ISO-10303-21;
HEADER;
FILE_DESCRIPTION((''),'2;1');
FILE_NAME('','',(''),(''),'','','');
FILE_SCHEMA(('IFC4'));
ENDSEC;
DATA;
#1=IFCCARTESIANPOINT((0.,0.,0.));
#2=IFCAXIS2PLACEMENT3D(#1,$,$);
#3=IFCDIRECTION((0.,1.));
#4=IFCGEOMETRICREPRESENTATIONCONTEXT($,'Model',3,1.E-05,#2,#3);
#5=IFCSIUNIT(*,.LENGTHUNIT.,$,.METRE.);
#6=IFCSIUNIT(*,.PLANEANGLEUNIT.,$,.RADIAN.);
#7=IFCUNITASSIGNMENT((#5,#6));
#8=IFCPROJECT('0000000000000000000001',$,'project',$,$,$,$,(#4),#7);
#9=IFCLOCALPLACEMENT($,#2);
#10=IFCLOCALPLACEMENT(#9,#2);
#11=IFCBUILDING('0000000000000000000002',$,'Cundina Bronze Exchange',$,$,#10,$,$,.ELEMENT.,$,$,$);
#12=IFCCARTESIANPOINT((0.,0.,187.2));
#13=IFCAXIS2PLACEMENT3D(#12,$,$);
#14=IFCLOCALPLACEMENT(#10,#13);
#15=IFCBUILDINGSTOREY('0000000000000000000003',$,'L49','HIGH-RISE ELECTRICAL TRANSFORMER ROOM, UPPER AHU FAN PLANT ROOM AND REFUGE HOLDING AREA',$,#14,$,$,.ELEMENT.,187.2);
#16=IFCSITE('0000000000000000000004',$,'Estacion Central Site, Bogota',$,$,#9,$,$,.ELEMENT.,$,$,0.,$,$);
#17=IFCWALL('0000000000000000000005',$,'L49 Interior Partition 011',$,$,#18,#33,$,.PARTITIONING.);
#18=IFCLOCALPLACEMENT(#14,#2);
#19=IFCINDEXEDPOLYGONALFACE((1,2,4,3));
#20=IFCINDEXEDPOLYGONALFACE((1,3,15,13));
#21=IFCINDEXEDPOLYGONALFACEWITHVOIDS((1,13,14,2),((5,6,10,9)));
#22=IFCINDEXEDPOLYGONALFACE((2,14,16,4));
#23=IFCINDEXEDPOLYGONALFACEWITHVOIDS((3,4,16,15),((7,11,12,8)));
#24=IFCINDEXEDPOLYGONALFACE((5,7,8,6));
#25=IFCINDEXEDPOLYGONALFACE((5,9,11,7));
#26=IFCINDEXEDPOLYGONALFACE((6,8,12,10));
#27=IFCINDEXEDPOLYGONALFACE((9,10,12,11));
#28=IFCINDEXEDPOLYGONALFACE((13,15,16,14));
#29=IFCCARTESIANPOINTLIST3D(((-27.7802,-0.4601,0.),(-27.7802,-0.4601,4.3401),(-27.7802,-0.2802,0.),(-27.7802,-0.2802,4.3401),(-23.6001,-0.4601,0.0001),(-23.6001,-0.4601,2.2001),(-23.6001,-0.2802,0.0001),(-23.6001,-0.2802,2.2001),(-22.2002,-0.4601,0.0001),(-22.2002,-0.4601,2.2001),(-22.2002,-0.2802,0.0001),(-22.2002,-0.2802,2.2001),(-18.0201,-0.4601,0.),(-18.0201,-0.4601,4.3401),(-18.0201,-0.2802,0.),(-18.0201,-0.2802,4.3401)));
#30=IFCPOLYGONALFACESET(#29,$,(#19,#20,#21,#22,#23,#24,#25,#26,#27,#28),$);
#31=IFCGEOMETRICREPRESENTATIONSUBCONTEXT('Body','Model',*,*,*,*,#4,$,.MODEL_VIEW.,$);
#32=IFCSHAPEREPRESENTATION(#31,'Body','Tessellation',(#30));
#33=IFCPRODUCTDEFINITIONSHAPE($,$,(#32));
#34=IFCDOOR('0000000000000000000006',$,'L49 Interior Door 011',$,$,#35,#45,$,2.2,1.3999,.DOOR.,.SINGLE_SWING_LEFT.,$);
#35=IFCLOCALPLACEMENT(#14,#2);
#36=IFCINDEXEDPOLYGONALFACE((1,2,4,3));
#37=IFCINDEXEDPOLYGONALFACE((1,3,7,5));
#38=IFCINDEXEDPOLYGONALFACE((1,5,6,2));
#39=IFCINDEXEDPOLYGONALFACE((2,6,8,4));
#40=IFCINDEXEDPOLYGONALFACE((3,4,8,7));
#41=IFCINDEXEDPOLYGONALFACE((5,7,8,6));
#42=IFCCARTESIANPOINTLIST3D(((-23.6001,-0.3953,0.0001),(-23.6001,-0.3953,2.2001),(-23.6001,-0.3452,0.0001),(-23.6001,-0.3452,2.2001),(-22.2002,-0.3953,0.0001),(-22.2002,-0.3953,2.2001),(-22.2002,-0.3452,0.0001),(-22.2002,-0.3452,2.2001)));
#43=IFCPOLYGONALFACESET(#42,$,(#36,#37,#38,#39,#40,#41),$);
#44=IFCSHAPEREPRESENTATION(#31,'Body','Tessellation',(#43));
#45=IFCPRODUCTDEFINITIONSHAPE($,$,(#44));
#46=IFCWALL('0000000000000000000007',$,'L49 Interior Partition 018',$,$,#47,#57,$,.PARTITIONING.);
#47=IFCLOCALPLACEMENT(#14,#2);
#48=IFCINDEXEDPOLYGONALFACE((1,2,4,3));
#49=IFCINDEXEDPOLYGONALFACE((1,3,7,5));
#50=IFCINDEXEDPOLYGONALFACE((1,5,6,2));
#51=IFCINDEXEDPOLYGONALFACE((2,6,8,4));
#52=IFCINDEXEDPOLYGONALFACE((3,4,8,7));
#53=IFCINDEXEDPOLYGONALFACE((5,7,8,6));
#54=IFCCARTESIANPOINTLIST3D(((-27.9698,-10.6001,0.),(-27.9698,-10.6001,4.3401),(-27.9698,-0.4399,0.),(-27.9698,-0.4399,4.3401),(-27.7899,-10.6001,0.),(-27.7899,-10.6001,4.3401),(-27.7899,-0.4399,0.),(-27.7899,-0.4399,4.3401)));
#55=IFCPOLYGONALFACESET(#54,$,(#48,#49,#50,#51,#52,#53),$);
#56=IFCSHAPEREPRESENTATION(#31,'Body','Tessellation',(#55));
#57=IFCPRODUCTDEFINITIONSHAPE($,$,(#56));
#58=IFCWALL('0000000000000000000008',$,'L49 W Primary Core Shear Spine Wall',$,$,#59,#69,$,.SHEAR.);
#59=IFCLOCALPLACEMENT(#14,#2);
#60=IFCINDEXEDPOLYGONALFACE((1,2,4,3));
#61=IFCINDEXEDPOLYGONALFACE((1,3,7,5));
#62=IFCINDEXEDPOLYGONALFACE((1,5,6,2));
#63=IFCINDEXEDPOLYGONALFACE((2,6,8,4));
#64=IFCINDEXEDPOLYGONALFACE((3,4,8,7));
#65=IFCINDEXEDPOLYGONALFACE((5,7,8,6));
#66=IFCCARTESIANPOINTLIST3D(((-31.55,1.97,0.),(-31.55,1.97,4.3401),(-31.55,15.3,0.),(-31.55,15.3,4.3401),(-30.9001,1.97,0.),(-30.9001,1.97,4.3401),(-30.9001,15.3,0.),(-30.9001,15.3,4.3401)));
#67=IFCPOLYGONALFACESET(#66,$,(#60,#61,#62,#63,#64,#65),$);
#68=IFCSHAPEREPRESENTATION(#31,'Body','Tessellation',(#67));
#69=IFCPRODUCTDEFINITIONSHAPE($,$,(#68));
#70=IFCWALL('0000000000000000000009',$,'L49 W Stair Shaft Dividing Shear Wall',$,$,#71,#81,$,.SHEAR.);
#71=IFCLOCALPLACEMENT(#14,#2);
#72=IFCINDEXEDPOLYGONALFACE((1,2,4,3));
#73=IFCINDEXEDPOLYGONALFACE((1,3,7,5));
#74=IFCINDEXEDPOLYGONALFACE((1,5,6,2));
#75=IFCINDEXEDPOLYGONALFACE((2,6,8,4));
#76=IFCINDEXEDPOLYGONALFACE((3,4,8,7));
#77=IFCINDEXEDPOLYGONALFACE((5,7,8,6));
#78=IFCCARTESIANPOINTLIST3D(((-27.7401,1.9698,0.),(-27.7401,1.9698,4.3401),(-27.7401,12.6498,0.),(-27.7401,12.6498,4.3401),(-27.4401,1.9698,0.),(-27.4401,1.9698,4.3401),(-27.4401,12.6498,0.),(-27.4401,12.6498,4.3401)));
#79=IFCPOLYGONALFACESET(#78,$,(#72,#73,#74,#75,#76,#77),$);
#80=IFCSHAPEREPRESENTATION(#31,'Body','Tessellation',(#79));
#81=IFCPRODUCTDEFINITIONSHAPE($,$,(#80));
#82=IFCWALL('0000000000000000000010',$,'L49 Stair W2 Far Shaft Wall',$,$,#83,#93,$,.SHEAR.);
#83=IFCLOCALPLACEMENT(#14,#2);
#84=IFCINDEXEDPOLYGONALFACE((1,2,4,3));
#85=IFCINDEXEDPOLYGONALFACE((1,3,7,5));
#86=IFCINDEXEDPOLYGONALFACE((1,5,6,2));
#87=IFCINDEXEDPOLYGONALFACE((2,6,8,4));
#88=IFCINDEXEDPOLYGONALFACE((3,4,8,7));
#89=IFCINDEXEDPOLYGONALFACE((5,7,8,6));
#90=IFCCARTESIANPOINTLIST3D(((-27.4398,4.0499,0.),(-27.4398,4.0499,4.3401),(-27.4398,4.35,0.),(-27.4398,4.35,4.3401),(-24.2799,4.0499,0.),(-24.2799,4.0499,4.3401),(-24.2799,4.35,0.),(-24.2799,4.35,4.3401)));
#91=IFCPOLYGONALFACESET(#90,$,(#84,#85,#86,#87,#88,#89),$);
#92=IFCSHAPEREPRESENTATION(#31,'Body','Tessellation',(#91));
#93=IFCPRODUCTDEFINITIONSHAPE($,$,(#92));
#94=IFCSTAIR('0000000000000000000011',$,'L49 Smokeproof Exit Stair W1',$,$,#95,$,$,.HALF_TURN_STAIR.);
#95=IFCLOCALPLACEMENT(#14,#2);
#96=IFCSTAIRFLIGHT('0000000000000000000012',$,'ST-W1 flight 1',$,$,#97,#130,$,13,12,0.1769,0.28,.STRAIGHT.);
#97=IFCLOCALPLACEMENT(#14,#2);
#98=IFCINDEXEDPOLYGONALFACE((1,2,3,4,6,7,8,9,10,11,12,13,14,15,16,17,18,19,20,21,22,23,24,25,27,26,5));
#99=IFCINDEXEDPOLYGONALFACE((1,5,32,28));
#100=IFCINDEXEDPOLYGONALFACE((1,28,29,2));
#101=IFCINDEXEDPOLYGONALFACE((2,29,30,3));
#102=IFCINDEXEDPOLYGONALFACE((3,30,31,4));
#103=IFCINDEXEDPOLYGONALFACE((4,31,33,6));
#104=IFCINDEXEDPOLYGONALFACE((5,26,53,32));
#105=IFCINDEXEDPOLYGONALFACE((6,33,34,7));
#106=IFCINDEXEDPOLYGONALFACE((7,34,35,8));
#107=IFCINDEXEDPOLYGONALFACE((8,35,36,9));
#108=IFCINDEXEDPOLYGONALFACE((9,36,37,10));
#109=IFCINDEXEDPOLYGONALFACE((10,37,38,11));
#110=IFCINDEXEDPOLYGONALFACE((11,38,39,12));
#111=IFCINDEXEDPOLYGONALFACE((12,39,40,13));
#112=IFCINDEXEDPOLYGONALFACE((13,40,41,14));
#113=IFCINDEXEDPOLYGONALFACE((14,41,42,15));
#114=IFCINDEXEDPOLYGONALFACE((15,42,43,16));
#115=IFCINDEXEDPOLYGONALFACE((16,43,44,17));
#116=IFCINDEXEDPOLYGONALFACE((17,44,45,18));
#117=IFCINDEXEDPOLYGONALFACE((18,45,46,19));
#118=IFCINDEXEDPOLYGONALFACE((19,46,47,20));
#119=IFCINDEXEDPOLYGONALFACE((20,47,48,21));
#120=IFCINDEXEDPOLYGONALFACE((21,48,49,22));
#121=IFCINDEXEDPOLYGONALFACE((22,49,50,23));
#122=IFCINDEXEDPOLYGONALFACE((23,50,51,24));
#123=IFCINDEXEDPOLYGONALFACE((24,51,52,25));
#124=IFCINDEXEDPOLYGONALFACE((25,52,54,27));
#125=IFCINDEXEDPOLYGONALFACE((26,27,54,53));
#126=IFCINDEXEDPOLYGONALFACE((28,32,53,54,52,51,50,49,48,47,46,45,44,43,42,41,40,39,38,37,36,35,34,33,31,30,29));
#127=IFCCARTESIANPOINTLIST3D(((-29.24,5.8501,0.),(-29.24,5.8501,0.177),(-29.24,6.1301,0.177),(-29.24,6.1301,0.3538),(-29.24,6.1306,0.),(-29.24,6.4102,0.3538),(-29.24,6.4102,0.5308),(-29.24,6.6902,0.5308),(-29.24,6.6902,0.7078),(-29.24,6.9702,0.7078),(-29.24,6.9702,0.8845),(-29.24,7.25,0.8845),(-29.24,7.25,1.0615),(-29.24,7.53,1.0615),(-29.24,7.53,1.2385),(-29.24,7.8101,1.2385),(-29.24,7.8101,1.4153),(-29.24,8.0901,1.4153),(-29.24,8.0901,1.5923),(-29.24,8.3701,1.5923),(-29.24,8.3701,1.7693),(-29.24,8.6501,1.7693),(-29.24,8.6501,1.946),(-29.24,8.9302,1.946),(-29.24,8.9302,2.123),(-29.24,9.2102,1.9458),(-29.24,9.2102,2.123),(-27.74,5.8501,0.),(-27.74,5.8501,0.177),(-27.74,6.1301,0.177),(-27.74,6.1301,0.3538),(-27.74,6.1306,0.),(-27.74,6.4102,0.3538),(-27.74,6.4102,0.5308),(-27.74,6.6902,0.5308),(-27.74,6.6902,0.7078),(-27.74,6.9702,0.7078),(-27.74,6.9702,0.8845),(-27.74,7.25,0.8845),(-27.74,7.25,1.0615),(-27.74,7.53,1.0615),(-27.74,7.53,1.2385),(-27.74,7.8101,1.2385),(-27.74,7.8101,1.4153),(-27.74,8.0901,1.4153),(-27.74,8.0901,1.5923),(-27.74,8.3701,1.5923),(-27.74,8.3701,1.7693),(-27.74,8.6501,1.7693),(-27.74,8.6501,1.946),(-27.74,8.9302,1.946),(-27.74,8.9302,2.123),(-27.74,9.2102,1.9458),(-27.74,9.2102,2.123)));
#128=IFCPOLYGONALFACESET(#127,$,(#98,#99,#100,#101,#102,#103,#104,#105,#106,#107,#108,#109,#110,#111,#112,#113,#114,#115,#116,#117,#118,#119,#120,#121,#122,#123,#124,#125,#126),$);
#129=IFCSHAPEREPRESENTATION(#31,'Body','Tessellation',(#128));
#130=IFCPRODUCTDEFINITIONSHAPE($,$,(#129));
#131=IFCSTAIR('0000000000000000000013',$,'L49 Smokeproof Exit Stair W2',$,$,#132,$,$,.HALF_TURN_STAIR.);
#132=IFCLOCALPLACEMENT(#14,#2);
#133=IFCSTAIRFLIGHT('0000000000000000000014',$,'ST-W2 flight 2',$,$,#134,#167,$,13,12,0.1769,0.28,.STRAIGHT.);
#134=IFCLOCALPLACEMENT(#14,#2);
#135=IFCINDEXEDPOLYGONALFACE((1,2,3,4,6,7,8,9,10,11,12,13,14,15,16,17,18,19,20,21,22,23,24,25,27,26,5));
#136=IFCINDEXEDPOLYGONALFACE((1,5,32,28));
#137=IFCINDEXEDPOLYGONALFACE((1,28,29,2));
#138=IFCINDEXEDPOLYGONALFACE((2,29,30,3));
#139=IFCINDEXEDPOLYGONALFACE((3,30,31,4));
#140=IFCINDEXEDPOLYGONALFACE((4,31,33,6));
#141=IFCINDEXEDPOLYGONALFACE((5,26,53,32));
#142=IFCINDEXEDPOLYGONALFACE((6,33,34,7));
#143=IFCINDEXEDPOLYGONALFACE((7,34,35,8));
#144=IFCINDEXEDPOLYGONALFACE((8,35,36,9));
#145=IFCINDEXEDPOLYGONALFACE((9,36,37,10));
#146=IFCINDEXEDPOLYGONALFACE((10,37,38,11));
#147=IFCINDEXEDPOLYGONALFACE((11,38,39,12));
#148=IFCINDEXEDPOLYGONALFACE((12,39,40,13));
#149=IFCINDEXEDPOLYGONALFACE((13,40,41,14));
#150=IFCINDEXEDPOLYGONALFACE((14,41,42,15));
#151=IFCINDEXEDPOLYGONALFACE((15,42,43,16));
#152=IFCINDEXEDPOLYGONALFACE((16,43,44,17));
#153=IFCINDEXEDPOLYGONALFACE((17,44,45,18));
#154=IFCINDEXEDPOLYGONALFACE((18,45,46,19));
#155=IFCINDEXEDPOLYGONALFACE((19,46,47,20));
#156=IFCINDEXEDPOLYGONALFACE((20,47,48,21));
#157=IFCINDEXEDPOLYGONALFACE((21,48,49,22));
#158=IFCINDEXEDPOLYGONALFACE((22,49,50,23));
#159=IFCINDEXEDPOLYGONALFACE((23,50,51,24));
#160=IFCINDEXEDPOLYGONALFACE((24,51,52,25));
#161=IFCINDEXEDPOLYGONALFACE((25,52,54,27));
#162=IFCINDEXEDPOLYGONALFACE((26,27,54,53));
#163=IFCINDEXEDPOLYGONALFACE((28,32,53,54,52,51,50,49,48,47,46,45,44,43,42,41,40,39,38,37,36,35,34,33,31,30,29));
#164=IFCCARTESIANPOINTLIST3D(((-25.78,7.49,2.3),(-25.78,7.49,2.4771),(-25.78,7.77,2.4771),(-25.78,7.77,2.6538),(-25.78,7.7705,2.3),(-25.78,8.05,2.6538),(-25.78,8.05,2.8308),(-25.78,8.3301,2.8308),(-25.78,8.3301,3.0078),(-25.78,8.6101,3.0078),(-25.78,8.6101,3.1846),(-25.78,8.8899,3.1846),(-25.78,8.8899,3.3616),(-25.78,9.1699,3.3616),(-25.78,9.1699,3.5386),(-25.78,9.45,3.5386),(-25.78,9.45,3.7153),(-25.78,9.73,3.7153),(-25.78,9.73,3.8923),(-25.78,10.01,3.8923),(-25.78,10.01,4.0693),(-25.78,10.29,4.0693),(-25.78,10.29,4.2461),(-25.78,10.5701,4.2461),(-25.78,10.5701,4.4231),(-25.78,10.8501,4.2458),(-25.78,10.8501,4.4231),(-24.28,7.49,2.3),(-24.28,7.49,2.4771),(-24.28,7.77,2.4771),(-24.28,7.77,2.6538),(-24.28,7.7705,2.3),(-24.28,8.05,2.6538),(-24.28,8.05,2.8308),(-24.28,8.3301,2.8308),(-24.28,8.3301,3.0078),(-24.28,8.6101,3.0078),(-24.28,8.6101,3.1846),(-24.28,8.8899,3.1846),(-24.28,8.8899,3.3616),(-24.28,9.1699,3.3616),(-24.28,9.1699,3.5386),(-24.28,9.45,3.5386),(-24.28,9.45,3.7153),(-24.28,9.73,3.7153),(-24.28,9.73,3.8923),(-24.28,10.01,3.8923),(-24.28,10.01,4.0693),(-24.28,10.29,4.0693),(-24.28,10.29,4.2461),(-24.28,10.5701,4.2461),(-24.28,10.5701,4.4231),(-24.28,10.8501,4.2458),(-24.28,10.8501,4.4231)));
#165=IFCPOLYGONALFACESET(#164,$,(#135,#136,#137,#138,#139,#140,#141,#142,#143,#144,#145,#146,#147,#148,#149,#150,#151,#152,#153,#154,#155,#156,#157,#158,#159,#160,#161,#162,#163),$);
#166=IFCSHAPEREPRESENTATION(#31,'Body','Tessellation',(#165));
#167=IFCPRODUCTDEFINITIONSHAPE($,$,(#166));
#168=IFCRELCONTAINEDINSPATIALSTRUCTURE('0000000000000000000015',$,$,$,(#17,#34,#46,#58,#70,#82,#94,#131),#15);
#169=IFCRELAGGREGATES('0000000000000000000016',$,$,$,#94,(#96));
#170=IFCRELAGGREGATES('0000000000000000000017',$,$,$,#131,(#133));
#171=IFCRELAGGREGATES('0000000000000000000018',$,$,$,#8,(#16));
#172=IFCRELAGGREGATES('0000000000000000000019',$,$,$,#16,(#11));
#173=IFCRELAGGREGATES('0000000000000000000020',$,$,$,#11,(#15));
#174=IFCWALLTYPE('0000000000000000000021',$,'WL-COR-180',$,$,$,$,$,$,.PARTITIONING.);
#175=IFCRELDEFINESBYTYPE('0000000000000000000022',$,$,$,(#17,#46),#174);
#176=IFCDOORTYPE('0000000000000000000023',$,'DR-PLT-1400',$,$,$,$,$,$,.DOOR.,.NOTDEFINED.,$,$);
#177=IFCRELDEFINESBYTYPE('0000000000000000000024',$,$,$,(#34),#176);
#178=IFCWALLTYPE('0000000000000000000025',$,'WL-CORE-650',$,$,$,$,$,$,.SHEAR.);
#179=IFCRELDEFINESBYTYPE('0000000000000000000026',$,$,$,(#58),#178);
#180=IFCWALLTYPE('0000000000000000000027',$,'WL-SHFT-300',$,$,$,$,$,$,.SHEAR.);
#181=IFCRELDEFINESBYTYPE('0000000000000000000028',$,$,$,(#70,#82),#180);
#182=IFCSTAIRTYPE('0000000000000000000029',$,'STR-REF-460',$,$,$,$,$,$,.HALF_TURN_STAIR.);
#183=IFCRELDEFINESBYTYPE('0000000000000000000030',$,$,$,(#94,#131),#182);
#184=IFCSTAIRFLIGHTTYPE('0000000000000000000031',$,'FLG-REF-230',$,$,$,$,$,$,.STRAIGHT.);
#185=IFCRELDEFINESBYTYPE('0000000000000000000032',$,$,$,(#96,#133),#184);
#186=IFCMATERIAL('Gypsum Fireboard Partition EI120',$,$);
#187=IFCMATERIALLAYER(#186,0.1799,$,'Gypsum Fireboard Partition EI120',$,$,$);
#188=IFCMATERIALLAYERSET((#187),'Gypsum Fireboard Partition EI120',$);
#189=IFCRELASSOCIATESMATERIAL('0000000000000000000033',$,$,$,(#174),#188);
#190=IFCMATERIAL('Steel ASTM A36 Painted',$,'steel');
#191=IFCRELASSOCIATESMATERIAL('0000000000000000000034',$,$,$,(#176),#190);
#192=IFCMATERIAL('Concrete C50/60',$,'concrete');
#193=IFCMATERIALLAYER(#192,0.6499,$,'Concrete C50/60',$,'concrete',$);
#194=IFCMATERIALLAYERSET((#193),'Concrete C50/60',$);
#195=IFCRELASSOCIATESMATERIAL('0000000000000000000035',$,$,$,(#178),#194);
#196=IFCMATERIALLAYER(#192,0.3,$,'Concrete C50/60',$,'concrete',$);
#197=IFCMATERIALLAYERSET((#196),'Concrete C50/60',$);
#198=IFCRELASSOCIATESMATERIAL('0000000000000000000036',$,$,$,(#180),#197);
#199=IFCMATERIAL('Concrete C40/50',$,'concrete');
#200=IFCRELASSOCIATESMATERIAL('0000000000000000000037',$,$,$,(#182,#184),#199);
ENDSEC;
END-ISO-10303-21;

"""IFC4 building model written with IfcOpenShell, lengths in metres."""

from ifc_helpers import new_model, si_unit, direction, frame, frame_2d, origin, place, context, subcontext, project, spatial, polyline, rectangle, outline, extrude, material, layer, layer_set, type_object, element, fill, aggregate, save


model = new_model("IFC4")

# Units and contexts
model_context = context("Model", 3, precision=1e-05, world=origin(), true_north=direction((0.0, 1.0)))
body_context = subcontext(model_context, "Body", "Model", "MODEL_VIEW")
ifc_project = project(units=[si_unit("LENGTHUNIT", "METRE"), si_unit("PLANEANGLEUNIT", "RADIAN")], contexts=[model_context])

# Site, building, storey
site_placement = place(None, origin())
site = spatial("IfcSite", under=ifc_project, at=site_placement, Name="Estacion Central Site, Bogota", CompositionType="ELEMENT", RefElevation=0.0)
building_placement = place(site_placement, origin())
building = spatial("IfcBuilding", under=site, at=building_placement, Name="Cundina Bronze Exchange", CompositionType="ELEMENT")
storey_placement = place(building_placement, frame((0.0, 0.0, 187.2)))
storey = spatial("IfcBuildingStorey", under=building, at=storey_placement, Name="L49", Description="HIGH-RISE ELECTRICAL TRANSFORMER ROOM, UPPER AHU FAN PLANT ROOM AND REFUGE HOLDING AREA", CompositionType="ELEMENT", Elevation=187.2)

# Shared definitions
ifc_material_1 = material(Name="Concrete C50/60", Category="concrete")

# Wall, opening, door
ifc_material_2 = material(Name="Gypsum Fireboard Partition EI120")
ifc_layer_1 = layer(ifc_material_2, 0.1799, Name="Gypsum Fireboard Partition EI120")
ifc_layer_set_1 = layer_set([ifc_layer_1], Name="Gypsum Fireboard Partition EI120")
wall_type_1 = type_object("IfcWallType", Name="WL-COR-180", PredefinedType="PARTITIONING", material=ifc_layer_set_1)
ifc_material_3 = material(Name="Steel ASTM A36 Painted", Category="steel")
wall_1_placement = place(storey_placement, frame((-27.78, -0.3701, 0.0), z_axis=(0.0, 0.0, 1.0), x_axis=(1.0, 0.0, 0.0)))
wall_1 = element("IfcWall", 1, at=wall_1_placement, inside=storey, type_object=wall_type_1, Name="L49 Interior Partition 011", PredefinedType="PARTITIONING", context=body_context, shape_type="SweptSolid", body=[
    extrude(rectangle(XDim=9.76, YDim=0.1799, at=frame_2d((4.8799, 0.0))), origin(), (0.0, 0.0, 1.0), 4.3401),
])
opening_1_placement = place(wall_1_placement, frame((4.1799, 0.0, 0.0)))
opening_1 = element("IfcOpeningElement", 2, at=opening_1_placement, cuts=wall_1, PredefinedType="OPENING", context=body_context, shape_type="SweptSolid", body=[
    extrude(rectangle(XDim=1.3999, YDim=2.2, at=frame_2d((0.7, 1.1001))), frame((0.0, 0.0999, 0.0), z_axis=(0.0, -1.0, 0.0), x_axis=(1.0, 0.0, 0.0)), (0.0, 0.0, 1.0), 0.2),
])
door_type_1 = type_object("IfcDoorType", Name="DR-PLT-1400", OperationType="NOTDEFINED", PredefinedType="DOOR", material=ifc_material_3)
door_1_placement = place(opening_1_placement, origin())
door_1 = element("IfcDoor", 3, at=door_1_placement, inside=storey, type_object=door_type_1, Name="L49 Interior Door 011", OperationType="SINGLE_SWING_LEFT", OverallHeight=2.2, OverallWidth=1.3999, PredefinedType="DOOR", context=body_context, shape_type="SweptSolid", body=[
    extrude(rectangle(XDim=1.3999, YDim=2.2, at=frame_2d((0.7, 1.1001))), frame((0.0, 0.0249, 0.0), z_axis=(0.0, -1.0, 0.0), x_axis=(1.0, 0.0, 0.0)), (0.0, 0.0, 1.0), 0.05),
])
fill(opening_1, door_1)

# Walls
wall_2_placement = place(storey_placement, frame((-27.8799, -10.6001, 0.0), z_axis=(0.0, 0.0, 1.0), x_axis=(0.0, 1.0, 0.0)))
element("IfcWall", 4, at=wall_2_placement, inside=storey, type_object=wall_type_1, Name="L49 Interior Partition 018", PredefinedType="PARTITIONING", context=body_context, shape_type="SweptSolid", body=[
    extrude(rectangle(XDim=10.1602, YDim=0.1799, at=frame_2d((5.0801, 0.0))), origin(), (0.0, 0.0, 1.0), 4.3401),
])
ifc_layer_2 = layer(ifc_material_1, 0.6499, Name="Concrete C50/60", Category="concrete")
ifc_layer_set_2 = layer_set([ifc_layer_2], Name="Concrete C50/60")
wall_type_2 = type_object("IfcWallType", Name="WL-CORE-650", PredefinedType="SHEAR", material=ifc_layer_set_2)
wall_3_placement = place(storey_placement, frame((-31.2251, 1.97, 0.0), z_axis=(0.0, 0.0, 1.0), x_axis=(0.0, 1.0, 0.0)))
element("IfcWall", 5, at=wall_3_placement, inside=storey, type_object=wall_type_2, Name="L49 W Primary Core Shear Spine Wall", PredefinedType="SHEAR", context=body_context, shape_type="SweptSolid", body=[
    extrude(rectangle(XDim=13.3301, YDim=0.6499, at=frame_2d((6.665, 0.0))), origin(), (0.0, 0.0, 1.0), 4.3401),
])
ifc_layer_3 = layer(ifc_material_1, 0.3, Name="Concrete C50/60", Category="concrete")
ifc_layer_set_3 = layer_set([ifc_layer_3], Name="Concrete C50/60")
wall_type_3 = type_object("IfcWallType", Name="WL-SHFT-300", PredefinedType="SHEAR", material=ifc_layer_set_3)
wall_4_placement = place(storey_placement, frame((-27.5901, 1.97, 0.0), z_axis=(0.0, 0.0, 1.0), x_axis=(0.0, 1.0, 0.0)))
element("IfcWall", 6, at=wall_4_placement, inside=storey, type_object=wall_type_3, Name="L49 W Stair Shaft Dividing Shear Wall", PredefinedType="SHEAR", context=body_context, shape_type="SweptSolid", body=[
    extrude(rectangle(XDim=10.6799, YDim=0.3, at=frame_2d((5.3398, 0.0))), origin(), (0.0, 0.0, 1.0), 4.3401),
])

# Wall
wall_5_placement = place(storey_placement, frame((-27.4399, 4.2, 0.0), z_axis=(0.0, 0.0, 1.0), x_axis=(1.0, 0.0, 0.0)))
element("IfcWall", 7, at=wall_5_placement, inside=storey, type_object=wall_type_3, Name="L49 Stair W2 Far Shaft Wall", PredefinedType="SHEAR", context=body_context, shape_type="SweptSolid", body=[
    extrude(rectangle(XDim=3.1599, YDim=0.3, at=frame_2d((1.5801, 0.0))), origin(), (0.0, 0.0, 1.0), 4.3401),
])

# Stairs, stair flights
ifc_material_4 = material(Name="Concrete C40/50", Category="concrete")
stair_type = type_object("IfcStairType", Name="STR-REF-460", PredefinedType="HALF_TURN_STAIR", material=ifc_material_4)
stair_1_placement = place(storey_placement, origin())
stair_1 = element("IfcStair", 8, at=stair_1_placement, inside=storey, type_object=stair_type, Name="L49 Smokeproof Exit Stair W1", PredefinedType="HALF_TURN_STAIR")
stair_flight_type = type_object("IfcStairFlightType", Name="FLG-REF-230", PredefinedType="STRAIGHT", material=ifc_material_4)
stair_flight_1_placement = place(storey_placement, frame((-28.49, 5.8501, 0.0), z_axis=(0.0, 0.0, 1.0), x_axis=(0.0, 1.0, 0.0)))
stair_flight_1 = element("IfcStairFlight", 9, at=stair_flight_1_placement, type_object=stair_flight_type, Name="ST-W1 flight 1", NumberOfRisers=13, NumberOfTreads=12, PredefinedType="STRAIGHT", RiserHeight=0.1769, TreadLength=0.28, context=body_context, shape_type="SweptSolid", body=[
    extrude(outline(polyline([(0.0, 0.0), (0.0, 0.177), (0.28, 0.177), (0.28, 0.3538), (0.5601, 0.3538), (0.5601, 0.5308), (0.8401, 0.5308), (0.8401, 0.7078), (1.1201, 0.7078), (1.1201, 0.8845), (1.3999, 0.8845), (1.3999, 1.0615), (1.6799, 1.0615), (1.6799, 1.2385), (1.96, 1.2385), (1.96, 1.4153), (2.24, 1.4153), (2.24, 1.5923), (2.52, 1.5923), (2.52, 1.7693), (2.8, 1.7693), (2.8, 1.946), (3.0801, 1.946), (3.0801, 2.123), (3.3601, 2.123), (3.3601, 2.3), (3.3601, 1.9458), (0.2805, 0.0), (0.0, 0.0)])), frame((0.0, 0.75, 0.0), z_axis=(0.0, -1.0, 0.0), x_axis=(1.0, 0.0, 0.0)), (0.0, 0.0, 1.0), 1.5),
])
aggregate(stair_1, [stair_flight_1])
stair_2_placement = place(storey_placement, origin())
stair_2 = element("IfcStair", 10, at=stair_2_placement, inside=storey, type_object=stair_type, Name="L49 Smokeproof Exit Stair W2", PredefinedType="HALF_TURN_STAIR")
stair_flight_2_placement = place(storey_placement, frame((-25.03, 7.49, 2.3), z_axis=(0.0, 0.0, 1.0), x_axis=(0.0, 1.0, 0.0)))
stair_flight_2 = element("IfcStairFlight", 11, at=stair_flight_2_placement, type_object=stair_flight_type, Name="ST-W2 flight 2", NumberOfRisers=13, NumberOfTreads=12, PredefinedType="STRAIGHT", RiserHeight=0.1769, TreadLength=0.28, context=body_context, shape_type="SweptSolid", body=[
    extrude(outline(polyline([(0.0, 0.0), (0.0, 0.177), (0.28, 0.177), (0.28, 0.3538), (0.5601, 0.3538), (0.5601, 0.5308), (0.8401, 0.5308), (0.8401, 0.7078), (1.1201, 0.7078), (1.1201, 0.8845), (1.3999, 0.8845), (1.3999, 1.0615), (1.6799, 1.0615), (1.6799, 1.2385), (1.96, 1.2385), (1.96, 1.4153), (2.24, 1.4153), (2.24, 1.5923), (2.52, 1.5923), (2.52, 1.7693), (2.8, 1.7693), (2.8, 1.946), (3.0801, 1.946), (3.0801, 2.123), (3.3601, 2.123), (3.3601, 2.3), (3.3601, 1.9458), (0.2805, 0.0), (0.0, 0.0)])), frame((0.0, 0.75, 0.0), z_axis=(0.0, -1.0, 0.0), x_axis=(1.0, 0.0, 0.0)), (0.0, 0.0, 1.0), 1.5),
])
aggregate(stair_2, [stair_flight_2])

save(model, "model.ifc")
